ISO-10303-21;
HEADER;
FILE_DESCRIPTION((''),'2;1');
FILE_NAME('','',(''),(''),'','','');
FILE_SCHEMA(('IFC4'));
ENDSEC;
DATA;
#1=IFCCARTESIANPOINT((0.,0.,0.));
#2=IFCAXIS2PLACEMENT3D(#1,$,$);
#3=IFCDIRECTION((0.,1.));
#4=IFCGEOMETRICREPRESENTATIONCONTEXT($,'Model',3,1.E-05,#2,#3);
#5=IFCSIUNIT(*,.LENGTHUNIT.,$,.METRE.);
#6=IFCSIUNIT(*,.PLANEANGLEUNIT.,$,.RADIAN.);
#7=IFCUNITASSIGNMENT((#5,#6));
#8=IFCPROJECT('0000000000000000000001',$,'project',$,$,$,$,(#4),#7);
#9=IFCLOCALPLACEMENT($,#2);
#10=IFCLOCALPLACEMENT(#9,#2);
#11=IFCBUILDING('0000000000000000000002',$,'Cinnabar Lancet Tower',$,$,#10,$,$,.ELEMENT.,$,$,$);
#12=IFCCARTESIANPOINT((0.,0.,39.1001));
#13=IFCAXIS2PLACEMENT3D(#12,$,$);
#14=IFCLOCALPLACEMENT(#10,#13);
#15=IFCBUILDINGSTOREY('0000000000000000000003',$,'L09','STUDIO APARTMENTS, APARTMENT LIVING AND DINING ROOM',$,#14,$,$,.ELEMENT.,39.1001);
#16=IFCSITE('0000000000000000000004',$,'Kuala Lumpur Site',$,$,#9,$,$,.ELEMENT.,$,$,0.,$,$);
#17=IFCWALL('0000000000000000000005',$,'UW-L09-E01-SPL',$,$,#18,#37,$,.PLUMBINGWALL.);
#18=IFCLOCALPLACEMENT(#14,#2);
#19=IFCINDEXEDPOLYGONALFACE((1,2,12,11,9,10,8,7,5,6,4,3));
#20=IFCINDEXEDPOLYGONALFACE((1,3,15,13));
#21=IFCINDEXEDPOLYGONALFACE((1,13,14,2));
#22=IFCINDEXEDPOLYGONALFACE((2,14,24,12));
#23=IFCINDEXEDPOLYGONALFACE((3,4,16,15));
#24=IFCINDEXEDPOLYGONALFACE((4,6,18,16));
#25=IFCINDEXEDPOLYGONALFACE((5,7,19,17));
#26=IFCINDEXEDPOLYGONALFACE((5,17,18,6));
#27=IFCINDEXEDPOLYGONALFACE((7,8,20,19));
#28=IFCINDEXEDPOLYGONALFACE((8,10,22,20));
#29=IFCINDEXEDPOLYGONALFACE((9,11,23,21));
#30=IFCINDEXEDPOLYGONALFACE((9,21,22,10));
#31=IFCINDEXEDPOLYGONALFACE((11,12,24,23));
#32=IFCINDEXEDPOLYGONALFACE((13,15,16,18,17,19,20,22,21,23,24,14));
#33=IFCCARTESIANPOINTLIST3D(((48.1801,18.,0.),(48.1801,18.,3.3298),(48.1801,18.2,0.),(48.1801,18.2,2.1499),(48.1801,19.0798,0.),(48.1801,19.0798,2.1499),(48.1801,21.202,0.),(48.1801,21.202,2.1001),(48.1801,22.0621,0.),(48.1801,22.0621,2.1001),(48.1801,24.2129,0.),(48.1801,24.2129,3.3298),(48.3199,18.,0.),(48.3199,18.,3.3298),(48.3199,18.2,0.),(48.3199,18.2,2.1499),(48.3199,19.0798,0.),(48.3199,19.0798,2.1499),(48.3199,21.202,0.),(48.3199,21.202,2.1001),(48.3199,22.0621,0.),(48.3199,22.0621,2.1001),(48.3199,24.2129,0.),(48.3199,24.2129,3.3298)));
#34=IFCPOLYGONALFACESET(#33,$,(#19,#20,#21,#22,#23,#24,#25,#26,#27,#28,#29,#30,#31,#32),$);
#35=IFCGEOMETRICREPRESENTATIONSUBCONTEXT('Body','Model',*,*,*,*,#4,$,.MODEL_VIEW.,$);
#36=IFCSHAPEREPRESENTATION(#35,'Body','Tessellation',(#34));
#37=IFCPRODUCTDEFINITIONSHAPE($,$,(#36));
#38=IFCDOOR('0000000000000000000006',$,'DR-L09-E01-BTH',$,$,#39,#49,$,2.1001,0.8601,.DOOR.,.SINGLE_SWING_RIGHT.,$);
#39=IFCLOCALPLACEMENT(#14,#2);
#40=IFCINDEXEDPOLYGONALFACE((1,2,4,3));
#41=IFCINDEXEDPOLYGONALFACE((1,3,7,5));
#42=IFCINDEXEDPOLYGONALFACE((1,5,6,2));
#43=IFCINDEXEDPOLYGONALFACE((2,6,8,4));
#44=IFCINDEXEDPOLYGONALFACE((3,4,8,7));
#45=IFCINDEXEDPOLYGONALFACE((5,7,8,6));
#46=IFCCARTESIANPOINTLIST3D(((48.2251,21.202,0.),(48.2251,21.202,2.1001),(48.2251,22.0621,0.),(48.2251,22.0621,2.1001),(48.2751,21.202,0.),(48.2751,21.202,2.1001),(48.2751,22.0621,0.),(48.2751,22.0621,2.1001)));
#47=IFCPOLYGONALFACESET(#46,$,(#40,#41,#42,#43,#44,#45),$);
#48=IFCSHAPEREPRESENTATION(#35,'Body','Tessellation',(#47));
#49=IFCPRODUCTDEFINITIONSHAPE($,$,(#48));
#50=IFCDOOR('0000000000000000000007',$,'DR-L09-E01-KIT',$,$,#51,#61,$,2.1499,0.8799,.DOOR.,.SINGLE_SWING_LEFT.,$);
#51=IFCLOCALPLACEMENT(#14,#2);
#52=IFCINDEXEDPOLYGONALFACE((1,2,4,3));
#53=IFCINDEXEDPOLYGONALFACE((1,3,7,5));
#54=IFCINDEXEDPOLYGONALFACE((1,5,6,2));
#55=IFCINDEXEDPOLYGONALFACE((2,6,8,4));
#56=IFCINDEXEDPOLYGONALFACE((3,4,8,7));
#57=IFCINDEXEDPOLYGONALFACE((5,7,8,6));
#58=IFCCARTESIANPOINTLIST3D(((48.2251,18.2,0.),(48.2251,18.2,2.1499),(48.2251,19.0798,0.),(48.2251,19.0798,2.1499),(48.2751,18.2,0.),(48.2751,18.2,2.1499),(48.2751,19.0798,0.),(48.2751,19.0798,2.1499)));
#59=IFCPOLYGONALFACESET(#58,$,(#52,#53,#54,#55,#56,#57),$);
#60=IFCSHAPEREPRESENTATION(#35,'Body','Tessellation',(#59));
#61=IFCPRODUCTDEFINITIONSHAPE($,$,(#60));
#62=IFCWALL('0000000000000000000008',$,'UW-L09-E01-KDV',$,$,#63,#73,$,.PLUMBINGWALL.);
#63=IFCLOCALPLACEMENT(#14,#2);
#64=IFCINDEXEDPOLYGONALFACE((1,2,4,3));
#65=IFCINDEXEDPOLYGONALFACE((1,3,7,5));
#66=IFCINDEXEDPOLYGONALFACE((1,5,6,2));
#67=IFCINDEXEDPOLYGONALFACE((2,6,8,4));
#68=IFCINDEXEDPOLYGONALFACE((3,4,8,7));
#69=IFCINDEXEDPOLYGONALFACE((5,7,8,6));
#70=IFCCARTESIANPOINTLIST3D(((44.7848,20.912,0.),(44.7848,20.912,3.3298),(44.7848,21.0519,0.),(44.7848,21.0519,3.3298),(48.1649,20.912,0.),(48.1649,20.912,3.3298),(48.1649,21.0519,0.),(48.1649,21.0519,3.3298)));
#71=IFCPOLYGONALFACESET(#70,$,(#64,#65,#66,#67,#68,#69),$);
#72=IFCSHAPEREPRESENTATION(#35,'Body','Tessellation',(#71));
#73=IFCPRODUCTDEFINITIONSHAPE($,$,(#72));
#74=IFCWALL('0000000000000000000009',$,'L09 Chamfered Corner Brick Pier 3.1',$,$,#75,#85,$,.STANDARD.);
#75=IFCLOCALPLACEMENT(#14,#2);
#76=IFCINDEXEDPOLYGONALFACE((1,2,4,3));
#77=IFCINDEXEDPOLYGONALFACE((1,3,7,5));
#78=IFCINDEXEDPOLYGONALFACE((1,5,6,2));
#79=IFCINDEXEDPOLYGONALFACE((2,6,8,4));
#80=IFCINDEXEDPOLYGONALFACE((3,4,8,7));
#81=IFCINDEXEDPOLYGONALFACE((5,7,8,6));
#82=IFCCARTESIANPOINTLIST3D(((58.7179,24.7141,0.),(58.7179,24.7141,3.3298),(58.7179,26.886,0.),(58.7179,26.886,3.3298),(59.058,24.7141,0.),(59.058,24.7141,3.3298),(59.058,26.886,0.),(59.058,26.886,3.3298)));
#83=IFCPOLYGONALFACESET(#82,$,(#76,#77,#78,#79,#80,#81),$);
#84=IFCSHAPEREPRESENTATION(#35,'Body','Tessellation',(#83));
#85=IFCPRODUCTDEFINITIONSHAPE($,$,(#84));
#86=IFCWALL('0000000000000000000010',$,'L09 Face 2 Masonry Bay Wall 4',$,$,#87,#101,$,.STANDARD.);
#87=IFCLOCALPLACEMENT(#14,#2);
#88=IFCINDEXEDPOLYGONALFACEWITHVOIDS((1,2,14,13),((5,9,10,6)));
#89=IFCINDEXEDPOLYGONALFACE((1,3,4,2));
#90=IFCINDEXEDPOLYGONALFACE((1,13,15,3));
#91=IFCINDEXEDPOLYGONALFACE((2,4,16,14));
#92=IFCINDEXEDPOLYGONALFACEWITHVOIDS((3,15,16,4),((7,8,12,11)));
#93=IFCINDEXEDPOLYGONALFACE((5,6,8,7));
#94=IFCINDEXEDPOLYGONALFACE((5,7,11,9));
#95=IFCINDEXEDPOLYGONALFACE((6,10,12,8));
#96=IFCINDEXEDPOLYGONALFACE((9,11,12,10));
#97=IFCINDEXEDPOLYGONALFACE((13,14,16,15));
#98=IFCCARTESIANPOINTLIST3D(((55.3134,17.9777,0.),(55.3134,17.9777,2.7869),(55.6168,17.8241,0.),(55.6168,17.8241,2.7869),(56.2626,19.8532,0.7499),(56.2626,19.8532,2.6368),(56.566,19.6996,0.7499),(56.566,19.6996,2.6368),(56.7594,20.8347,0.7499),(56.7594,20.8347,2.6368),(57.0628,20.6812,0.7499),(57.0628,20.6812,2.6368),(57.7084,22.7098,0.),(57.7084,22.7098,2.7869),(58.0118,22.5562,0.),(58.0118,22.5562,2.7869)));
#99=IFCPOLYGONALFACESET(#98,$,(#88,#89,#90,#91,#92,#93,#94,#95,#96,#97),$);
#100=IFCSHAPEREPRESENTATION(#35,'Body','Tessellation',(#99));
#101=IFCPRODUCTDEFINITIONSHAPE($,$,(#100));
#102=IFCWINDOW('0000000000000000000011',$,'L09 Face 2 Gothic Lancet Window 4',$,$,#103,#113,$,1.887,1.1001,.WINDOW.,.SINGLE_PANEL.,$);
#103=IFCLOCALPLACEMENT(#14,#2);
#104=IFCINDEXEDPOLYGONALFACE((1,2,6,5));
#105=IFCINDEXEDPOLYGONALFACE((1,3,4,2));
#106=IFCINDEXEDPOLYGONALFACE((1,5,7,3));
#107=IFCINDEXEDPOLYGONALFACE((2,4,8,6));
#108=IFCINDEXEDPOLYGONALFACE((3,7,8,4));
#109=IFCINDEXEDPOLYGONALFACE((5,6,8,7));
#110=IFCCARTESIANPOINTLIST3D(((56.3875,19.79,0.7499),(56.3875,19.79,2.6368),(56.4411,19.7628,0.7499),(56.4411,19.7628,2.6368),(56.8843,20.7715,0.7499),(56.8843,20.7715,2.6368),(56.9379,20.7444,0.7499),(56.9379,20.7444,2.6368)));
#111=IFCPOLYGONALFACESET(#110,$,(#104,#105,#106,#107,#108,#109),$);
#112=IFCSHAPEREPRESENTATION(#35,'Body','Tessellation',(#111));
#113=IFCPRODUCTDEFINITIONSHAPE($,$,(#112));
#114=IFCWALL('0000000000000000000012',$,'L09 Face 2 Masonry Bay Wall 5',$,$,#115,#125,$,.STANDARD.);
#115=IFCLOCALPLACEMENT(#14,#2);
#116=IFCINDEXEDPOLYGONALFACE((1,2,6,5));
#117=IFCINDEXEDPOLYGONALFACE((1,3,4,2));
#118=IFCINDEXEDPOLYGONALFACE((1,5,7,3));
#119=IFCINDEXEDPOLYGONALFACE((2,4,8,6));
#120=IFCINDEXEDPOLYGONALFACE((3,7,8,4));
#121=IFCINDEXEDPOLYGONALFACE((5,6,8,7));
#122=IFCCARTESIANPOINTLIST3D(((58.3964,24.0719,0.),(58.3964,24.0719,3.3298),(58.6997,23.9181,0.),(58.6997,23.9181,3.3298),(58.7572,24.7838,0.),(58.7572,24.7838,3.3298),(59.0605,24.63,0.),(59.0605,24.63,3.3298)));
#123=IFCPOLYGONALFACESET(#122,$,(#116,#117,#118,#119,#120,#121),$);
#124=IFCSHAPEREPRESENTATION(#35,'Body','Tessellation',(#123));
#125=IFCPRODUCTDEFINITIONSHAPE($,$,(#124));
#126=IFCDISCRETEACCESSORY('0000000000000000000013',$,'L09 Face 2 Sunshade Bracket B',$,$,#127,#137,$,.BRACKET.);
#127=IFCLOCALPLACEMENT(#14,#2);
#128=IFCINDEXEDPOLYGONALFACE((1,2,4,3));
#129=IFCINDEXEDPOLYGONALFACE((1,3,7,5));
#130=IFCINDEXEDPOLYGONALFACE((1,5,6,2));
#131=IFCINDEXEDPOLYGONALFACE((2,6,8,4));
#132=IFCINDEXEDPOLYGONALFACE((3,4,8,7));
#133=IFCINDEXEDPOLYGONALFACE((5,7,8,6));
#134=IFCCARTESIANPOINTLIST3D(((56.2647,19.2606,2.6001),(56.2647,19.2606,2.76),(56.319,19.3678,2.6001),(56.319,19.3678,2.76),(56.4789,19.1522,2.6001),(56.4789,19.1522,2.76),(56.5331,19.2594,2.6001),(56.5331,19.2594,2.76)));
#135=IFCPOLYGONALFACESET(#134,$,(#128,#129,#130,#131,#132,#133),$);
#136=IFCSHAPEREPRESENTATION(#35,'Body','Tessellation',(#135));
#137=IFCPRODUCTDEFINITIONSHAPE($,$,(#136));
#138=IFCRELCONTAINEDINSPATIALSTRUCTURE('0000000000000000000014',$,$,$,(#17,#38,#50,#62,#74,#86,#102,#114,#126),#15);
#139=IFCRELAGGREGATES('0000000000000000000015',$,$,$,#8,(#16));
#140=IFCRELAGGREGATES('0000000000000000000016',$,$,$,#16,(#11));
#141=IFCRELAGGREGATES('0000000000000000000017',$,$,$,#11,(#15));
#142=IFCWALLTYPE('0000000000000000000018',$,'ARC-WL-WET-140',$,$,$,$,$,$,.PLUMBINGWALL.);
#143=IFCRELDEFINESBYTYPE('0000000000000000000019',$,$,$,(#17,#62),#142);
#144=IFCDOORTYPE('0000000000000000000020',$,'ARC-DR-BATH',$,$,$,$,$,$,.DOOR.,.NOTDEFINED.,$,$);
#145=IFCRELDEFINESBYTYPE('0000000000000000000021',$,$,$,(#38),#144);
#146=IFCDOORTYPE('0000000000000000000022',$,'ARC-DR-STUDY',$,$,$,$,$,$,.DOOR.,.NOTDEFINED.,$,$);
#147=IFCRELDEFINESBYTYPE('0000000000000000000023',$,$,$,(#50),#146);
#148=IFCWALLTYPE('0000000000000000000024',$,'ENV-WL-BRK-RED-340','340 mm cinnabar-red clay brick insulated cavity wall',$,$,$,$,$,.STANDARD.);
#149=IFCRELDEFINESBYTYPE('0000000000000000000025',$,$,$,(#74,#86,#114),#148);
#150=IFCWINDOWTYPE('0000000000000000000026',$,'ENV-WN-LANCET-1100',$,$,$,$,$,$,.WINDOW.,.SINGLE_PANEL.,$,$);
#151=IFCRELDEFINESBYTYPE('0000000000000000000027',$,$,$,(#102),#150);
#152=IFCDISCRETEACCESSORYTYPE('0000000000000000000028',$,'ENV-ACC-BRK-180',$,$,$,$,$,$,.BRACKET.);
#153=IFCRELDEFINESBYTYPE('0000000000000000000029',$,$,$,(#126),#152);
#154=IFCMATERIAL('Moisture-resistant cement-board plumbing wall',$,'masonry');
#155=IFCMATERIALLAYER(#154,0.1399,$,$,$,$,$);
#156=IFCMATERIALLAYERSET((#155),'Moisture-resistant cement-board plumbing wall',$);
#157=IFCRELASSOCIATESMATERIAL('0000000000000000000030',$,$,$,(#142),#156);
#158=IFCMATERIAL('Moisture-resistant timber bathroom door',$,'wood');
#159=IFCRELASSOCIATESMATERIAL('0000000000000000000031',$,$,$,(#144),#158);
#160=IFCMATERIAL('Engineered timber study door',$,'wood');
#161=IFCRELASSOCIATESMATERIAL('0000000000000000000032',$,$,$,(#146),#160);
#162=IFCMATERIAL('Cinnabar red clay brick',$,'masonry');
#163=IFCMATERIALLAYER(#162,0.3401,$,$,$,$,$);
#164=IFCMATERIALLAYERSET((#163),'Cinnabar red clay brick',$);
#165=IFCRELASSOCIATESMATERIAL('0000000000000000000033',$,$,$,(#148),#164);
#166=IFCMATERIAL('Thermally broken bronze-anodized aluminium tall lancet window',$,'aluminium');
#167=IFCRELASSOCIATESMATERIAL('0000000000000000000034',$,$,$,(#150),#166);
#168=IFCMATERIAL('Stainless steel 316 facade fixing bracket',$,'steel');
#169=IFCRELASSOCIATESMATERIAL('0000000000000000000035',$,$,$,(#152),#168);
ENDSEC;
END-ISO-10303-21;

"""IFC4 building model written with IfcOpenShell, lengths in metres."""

from ifc_helpers import new_model, si_unit, direction, frame, frame_2d, origin, origin_2d, place, context, subcontext, project, spatial, rectangle, extrude, material, layer, layer_set, type_object, element, fill, save


model = new_model("IFC4")

# Units and contexts
model_context = context("Model", 3, precision=1e-05, world=origin(), true_north=direction((0.0, 1.0)))
body_context = subcontext(model_context, "Body", "Model", "MODEL_VIEW")
ifc_project = project(units=[si_unit("LENGTHUNIT", "METRE"), si_unit("PLANEANGLEUNIT", "RADIAN")], contexts=[model_context])

# Site, building, storey
site_placement = place(None, origin())
site = spatial("IfcSite", under=ifc_project, at=site_placement, Name="Kuala Lumpur Site", CompositionType="ELEMENT", RefElevation=0.0)
building_placement = place(site_placement, origin())
building = spatial("IfcBuilding", under=site, at=building_placement, Name="Cinnabar Lancet Tower", CompositionType="ELEMENT")
storey_placement = place(building_placement, frame((0.0, 0.0, 39.1001)))
storey = spatial("IfcBuildingStorey", under=building, at=storey_placement, Name="L09", Description="STUDIO APARTMENTS, APARTMENT LIVING AND DINING ROOM", CompositionType="ELEMENT", Elevation=39.1001)

# Wall, openings, doors
ifc_material_1 = material(Name="Moisture-resistant cement-board plumbing wall", Category="masonry")
ifc_layer_1 = layer(ifc_material_1, 0.1399)
ifc_layer_set_1 = layer_set([ifc_layer_1], Name="Moisture-resistant cement-board plumbing wall")
wall_type_1 = type_object("IfcWallType", Name="ARC-WL-WET-140", PredefinedType="PLUMBINGWALL", material=ifc_layer_set_1)
wall_1_placement = place(storey_placement, frame((48.25, 18.0, 0.0), z_axis=(0.0, 0.0, 1.0), x_axis=(0.0, 1.0, 0.0)))
wall_1 = element("IfcWall", 1, at=wall_1_placement, inside=storey, type_object=wall_type_1, Name="UW-L09-E01-SPL", PredefinedType="PLUMBINGWALL", context=body_context, shape_type="SweptSolid", body=[
    extrude(rectangle(XDim=6.2129, YDim=0.1399, at=frame_2d((3.1064, 0.0))), origin(), (0.0, 0.0, 1.0), 3.3298),
])
opening_1_placement = place(wall_1_placement, frame((3.2019, 0.0, 0.0)))
opening_1 = element("IfcOpeningElement", 2, at=opening_1_placement, cuts=wall_1, PredefinedType="OPENING", context=body_context, shape_type="SweptSolid", body=[
    extrude(rectangle(XDim=0.8601, YDim=2.1001, at=frame_2d((0.4302, 1.05))), frame((0.0, 0.0798, 0.0), z_axis=(0.0, -1.0, 0.0), x_axis=(1.0, 0.0, 0.0)), (0.0, 0.0, 1.0), 0.1599),
])
opening_2_placement = place(wall_1_placement, frame((0.2, 0.0, 0.0)))
opening_2 = element("IfcOpeningElement", 3, at=opening_2_placement, cuts=wall_1, PredefinedType="OPENING", context=body_context, shape_type="SweptSolid", body=[
    extrude(rectangle(XDim=0.8799, YDim=2.1499, at=frame_2d((0.4399, 1.075))), frame((0.0, 0.0798, 0.0), z_axis=(0.0, -1.0, 0.0), x_axis=(1.0, 0.0, 0.0)), (0.0, 0.0, 1.0), 0.1599),
])
ifc_material_2 = material(Name="Moisture-resistant timber bathroom door", Category="wood")
door_type_1 = type_object("IfcDoorType", Name="ARC-DR-BATH", OperationType="NOTDEFINED", PredefinedType="DOOR", material=ifc_material_2)
door_1_placement = place(opening_1_placement, origin())
door_1 = element("IfcDoor", 4, at=door_1_placement, inside=storey, type_object=door_type_1, Name="DR-L09-E01-BTH", OperationType="SINGLE_SWING_RIGHT", OverallHeight=2.1001, OverallWidth=0.8601, PredefinedType="DOOR", context=body_context, shape_type="SweptSolid", body=[
    extrude(rectangle(XDim=0.8601, YDim=2.1001, at=frame_2d((0.4302, 1.05))), frame((0.0, 0.0249, 0.0), z_axis=(0.0, -1.0, 0.0), x_axis=(1.0, 0.0, 0.0)), (0.0, 0.0, 1.0), 0.05),
])
fill(opening_1, door_1)
ifc_material_3 = material(Name="Engineered timber study door", Category="wood")
door_type_2 = type_object("IfcDoorType", Name="ARC-DR-STUDY", OperationType="NOTDEFINED", PredefinedType="DOOR", material=ifc_material_3)
door_2_placement = place(opening_2_placement, origin())
door_2 = element("IfcDoor", 5, at=door_2_placement, inside=storey, type_object=door_type_2, Name="DR-L09-E01-KIT", OperationType="SINGLE_SWING_LEFT", OverallHeight=2.1499, OverallWidth=0.8799, PredefinedType="DOOR", context=body_context, shape_type="SweptSolid", body=[
    extrude(rectangle(XDim=0.8799, YDim=2.1499, at=frame_2d((0.4399, 1.075))), frame((0.0, 0.0249, 0.0), z_axis=(0.0, -1.0, 0.0), x_axis=(1.0, 0.0, 0.0)), (0.0, 0.0, 1.0), 0.05),
])
fill(opening_2, door_2)

# Walls
wall_2_placement = place(storey_placement, frame((44.7849, 20.9819, 0.0), z_axis=(0.0, 0.0, 1.0), x_axis=(1.0, 0.0, 0.0)))
element("IfcWall", 6, at=wall_2_placement, inside=storey, type_object=wall_type_1, Name="UW-L09-E01-KDV", PredefinedType="PLUMBINGWALL", context=body_context, shape_type="SweptSolid", body=[
    extrude(rectangle(XDim=3.3801, YDim=0.1399, at=frame_2d((1.6899, 0.0))), origin(), (0.0, 0.0, 1.0), 3.3298),
])
ifc_material_4 = material(Name="Cinnabar red clay brick", Category="masonry")
ifc_layer_2 = layer(ifc_material_4, 0.3401)
ifc_layer_set_2 = layer_set([ifc_layer_2], Name="Cinnabar red clay brick")
wall_type_2 = type_object("IfcWallType", Name="ENV-WL-BRK-RED-340", Description="340 mm cinnabar-red clay brick insulated cavity wall", PredefinedType="STANDARD", material=ifc_layer_set_2)
wall_3_placement = place(storey_placement, frame((58.8879, 24.7141, 0.0), z_axis=(0.0, 0.0, 1.0), x_axis=(0.0, 1.0, 0.0)))
element("IfcWall", 7, at=wall_3_placement, inside=storey, type_object=wall_type_2, Name="L09 Chamfered Corner Brick Pier 3.1", PredefinedType="STANDARD", context=body_context, shape_type="SweptSolid", body=[
    extrude(rectangle(XDim=2.1719, YDim=0.3401, at=frame_2d((1.0859, 0.0))), origin(), (0.0, 0.0, 1.0), 3.3298),
])

# Wall, opening, window
wall_4_placement = place(storey_placement, frame((55.4651, 17.9009, 0.0), z_axis=(0.0, 0.0, 1.0), x_axis=(0.451572, 0.892235, 0.0)))
wall_4 = element("IfcWall", 8, at=wall_4_placement, inside=storey, type_object=wall_type_2, Name="L09 Face 2 Masonry Bay Wall 4", PredefinedType="STANDARD", context=body_context, shape_type="SweptSolid", body=[
    extrude(rectangle(XDim=5.3037, YDim=0.3401, at=frame_2d((2.6519, 0.0))), origin(), (0.0, 0.0, 1.0), 2.7869),
])
opening_3_placement = place(wall_4_placement, frame((2.1021, 0.0, 0.75)))
opening_3 = element("IfcOpeningElement", 9, at=opening_3_placement, cuts=wall_4, PredefinedType="OPENING", context=body_context, shape_type="SweptSolid", body=[
    extrude(rectangle(XDim=1.1001, YDim=1.887, at=frame_2d((0.55, 0.9434))), frame((0.0, 0.1799, 0.0), z_axis=(0.0, -1.0, 0.0), x_axis=(1.0, 0.0, 0.0)), (0.0, 0.0, 1.0), 0.3601),
])
ifc_material_5 = material(Name="Thermally broken bronze-anodized aluminium tall lancet window", Category="aluminium")
window_type = type_object("IfcWindowType", Name="ENV-WN-LANCET-1100", PartitioningType="SINGLE_PANEL", PredefinedType="WINDOW", material=ifc_material_5)
window_placement = place(opening_3_placement, origin())
window = element("IfcWindow", 10, at=window_placement, inside=storey, type_object=window_type, Name="L09 Face 2 Gothic Lancet Window 4", OverallHeight=1.887, OverallWidth=1.1001, PartitioningType="SINGLE_PANEL", PredefinedType="WINDOW", context=body_context, shape_type="SweptSolid", body=[
    extrude(rectangle(XDim=1.1001, YDim=1.887, at=frame_2d((0.55, 0.9434))), frame((0.0, 0.03, 0.0), z_axis=(0.0, -1.0, 0.0), x_axis=(1.0, 0.0, 0.0)), (0.0, 0.0, 1.0), 0.0601),
])
fill(opening_3, window)

# Wall
wall_5_placement = place(storey_placement, frame((58.5481, 23.9951, 0.0), z_axis=(0.0, 0.0, 1.0), x_axis=(0.452101, 0.891967, 0.0)))
element("IfcWall", 11, at=wall_5_placement, inside=storey, type_object=wall_type_2, Name="L09 Face 2 Masonry Bay Wall 5", PredefinedType="STANDARD", context=body_context, shape_type="SweptSolid", body=[
    extrude(rectangle(XDim=0.7981, YDim=0.3401, at=frame_2d((0.3989, 0.0))), origin(), (0.0, 0.0, 1.0), 3.3298),
])

# Discrete accessory
ifc_material_6 = material(Name="Stainless steel 316 facade fixing bracket", Category="steel")
discrete_accessory_type = type_object("IfcDiscreteAccessoryType", Name="ENV-ACC-BRK-180", PredefinedType="BRACKET", material=ifc_material_6)
discrete_accessory_placement = place(storey_placement, frame((56.3989, 19.26, 2.6001), z_axis=(0.0, 0.0, 1.0), x_axis=(0.451501, 0.892271, 0.0)))
element("IfcDiscreteAccessory", 12, at=discrete_accessory_placement, inside=storey, type_object=discrete_accessory_type, Name="L09 Face 2 Sunshade Bracket B", PredefinedType="BRACKET", context=body_context, shape_type="SweptSolid", body=[
    extrude(rectangle(XDim=0.1201, YDim=0.24, at=origin_2d()), origin(), (0.0, 0.0, 1.0), 0.1599),
])

save(model, "model.ifc")
